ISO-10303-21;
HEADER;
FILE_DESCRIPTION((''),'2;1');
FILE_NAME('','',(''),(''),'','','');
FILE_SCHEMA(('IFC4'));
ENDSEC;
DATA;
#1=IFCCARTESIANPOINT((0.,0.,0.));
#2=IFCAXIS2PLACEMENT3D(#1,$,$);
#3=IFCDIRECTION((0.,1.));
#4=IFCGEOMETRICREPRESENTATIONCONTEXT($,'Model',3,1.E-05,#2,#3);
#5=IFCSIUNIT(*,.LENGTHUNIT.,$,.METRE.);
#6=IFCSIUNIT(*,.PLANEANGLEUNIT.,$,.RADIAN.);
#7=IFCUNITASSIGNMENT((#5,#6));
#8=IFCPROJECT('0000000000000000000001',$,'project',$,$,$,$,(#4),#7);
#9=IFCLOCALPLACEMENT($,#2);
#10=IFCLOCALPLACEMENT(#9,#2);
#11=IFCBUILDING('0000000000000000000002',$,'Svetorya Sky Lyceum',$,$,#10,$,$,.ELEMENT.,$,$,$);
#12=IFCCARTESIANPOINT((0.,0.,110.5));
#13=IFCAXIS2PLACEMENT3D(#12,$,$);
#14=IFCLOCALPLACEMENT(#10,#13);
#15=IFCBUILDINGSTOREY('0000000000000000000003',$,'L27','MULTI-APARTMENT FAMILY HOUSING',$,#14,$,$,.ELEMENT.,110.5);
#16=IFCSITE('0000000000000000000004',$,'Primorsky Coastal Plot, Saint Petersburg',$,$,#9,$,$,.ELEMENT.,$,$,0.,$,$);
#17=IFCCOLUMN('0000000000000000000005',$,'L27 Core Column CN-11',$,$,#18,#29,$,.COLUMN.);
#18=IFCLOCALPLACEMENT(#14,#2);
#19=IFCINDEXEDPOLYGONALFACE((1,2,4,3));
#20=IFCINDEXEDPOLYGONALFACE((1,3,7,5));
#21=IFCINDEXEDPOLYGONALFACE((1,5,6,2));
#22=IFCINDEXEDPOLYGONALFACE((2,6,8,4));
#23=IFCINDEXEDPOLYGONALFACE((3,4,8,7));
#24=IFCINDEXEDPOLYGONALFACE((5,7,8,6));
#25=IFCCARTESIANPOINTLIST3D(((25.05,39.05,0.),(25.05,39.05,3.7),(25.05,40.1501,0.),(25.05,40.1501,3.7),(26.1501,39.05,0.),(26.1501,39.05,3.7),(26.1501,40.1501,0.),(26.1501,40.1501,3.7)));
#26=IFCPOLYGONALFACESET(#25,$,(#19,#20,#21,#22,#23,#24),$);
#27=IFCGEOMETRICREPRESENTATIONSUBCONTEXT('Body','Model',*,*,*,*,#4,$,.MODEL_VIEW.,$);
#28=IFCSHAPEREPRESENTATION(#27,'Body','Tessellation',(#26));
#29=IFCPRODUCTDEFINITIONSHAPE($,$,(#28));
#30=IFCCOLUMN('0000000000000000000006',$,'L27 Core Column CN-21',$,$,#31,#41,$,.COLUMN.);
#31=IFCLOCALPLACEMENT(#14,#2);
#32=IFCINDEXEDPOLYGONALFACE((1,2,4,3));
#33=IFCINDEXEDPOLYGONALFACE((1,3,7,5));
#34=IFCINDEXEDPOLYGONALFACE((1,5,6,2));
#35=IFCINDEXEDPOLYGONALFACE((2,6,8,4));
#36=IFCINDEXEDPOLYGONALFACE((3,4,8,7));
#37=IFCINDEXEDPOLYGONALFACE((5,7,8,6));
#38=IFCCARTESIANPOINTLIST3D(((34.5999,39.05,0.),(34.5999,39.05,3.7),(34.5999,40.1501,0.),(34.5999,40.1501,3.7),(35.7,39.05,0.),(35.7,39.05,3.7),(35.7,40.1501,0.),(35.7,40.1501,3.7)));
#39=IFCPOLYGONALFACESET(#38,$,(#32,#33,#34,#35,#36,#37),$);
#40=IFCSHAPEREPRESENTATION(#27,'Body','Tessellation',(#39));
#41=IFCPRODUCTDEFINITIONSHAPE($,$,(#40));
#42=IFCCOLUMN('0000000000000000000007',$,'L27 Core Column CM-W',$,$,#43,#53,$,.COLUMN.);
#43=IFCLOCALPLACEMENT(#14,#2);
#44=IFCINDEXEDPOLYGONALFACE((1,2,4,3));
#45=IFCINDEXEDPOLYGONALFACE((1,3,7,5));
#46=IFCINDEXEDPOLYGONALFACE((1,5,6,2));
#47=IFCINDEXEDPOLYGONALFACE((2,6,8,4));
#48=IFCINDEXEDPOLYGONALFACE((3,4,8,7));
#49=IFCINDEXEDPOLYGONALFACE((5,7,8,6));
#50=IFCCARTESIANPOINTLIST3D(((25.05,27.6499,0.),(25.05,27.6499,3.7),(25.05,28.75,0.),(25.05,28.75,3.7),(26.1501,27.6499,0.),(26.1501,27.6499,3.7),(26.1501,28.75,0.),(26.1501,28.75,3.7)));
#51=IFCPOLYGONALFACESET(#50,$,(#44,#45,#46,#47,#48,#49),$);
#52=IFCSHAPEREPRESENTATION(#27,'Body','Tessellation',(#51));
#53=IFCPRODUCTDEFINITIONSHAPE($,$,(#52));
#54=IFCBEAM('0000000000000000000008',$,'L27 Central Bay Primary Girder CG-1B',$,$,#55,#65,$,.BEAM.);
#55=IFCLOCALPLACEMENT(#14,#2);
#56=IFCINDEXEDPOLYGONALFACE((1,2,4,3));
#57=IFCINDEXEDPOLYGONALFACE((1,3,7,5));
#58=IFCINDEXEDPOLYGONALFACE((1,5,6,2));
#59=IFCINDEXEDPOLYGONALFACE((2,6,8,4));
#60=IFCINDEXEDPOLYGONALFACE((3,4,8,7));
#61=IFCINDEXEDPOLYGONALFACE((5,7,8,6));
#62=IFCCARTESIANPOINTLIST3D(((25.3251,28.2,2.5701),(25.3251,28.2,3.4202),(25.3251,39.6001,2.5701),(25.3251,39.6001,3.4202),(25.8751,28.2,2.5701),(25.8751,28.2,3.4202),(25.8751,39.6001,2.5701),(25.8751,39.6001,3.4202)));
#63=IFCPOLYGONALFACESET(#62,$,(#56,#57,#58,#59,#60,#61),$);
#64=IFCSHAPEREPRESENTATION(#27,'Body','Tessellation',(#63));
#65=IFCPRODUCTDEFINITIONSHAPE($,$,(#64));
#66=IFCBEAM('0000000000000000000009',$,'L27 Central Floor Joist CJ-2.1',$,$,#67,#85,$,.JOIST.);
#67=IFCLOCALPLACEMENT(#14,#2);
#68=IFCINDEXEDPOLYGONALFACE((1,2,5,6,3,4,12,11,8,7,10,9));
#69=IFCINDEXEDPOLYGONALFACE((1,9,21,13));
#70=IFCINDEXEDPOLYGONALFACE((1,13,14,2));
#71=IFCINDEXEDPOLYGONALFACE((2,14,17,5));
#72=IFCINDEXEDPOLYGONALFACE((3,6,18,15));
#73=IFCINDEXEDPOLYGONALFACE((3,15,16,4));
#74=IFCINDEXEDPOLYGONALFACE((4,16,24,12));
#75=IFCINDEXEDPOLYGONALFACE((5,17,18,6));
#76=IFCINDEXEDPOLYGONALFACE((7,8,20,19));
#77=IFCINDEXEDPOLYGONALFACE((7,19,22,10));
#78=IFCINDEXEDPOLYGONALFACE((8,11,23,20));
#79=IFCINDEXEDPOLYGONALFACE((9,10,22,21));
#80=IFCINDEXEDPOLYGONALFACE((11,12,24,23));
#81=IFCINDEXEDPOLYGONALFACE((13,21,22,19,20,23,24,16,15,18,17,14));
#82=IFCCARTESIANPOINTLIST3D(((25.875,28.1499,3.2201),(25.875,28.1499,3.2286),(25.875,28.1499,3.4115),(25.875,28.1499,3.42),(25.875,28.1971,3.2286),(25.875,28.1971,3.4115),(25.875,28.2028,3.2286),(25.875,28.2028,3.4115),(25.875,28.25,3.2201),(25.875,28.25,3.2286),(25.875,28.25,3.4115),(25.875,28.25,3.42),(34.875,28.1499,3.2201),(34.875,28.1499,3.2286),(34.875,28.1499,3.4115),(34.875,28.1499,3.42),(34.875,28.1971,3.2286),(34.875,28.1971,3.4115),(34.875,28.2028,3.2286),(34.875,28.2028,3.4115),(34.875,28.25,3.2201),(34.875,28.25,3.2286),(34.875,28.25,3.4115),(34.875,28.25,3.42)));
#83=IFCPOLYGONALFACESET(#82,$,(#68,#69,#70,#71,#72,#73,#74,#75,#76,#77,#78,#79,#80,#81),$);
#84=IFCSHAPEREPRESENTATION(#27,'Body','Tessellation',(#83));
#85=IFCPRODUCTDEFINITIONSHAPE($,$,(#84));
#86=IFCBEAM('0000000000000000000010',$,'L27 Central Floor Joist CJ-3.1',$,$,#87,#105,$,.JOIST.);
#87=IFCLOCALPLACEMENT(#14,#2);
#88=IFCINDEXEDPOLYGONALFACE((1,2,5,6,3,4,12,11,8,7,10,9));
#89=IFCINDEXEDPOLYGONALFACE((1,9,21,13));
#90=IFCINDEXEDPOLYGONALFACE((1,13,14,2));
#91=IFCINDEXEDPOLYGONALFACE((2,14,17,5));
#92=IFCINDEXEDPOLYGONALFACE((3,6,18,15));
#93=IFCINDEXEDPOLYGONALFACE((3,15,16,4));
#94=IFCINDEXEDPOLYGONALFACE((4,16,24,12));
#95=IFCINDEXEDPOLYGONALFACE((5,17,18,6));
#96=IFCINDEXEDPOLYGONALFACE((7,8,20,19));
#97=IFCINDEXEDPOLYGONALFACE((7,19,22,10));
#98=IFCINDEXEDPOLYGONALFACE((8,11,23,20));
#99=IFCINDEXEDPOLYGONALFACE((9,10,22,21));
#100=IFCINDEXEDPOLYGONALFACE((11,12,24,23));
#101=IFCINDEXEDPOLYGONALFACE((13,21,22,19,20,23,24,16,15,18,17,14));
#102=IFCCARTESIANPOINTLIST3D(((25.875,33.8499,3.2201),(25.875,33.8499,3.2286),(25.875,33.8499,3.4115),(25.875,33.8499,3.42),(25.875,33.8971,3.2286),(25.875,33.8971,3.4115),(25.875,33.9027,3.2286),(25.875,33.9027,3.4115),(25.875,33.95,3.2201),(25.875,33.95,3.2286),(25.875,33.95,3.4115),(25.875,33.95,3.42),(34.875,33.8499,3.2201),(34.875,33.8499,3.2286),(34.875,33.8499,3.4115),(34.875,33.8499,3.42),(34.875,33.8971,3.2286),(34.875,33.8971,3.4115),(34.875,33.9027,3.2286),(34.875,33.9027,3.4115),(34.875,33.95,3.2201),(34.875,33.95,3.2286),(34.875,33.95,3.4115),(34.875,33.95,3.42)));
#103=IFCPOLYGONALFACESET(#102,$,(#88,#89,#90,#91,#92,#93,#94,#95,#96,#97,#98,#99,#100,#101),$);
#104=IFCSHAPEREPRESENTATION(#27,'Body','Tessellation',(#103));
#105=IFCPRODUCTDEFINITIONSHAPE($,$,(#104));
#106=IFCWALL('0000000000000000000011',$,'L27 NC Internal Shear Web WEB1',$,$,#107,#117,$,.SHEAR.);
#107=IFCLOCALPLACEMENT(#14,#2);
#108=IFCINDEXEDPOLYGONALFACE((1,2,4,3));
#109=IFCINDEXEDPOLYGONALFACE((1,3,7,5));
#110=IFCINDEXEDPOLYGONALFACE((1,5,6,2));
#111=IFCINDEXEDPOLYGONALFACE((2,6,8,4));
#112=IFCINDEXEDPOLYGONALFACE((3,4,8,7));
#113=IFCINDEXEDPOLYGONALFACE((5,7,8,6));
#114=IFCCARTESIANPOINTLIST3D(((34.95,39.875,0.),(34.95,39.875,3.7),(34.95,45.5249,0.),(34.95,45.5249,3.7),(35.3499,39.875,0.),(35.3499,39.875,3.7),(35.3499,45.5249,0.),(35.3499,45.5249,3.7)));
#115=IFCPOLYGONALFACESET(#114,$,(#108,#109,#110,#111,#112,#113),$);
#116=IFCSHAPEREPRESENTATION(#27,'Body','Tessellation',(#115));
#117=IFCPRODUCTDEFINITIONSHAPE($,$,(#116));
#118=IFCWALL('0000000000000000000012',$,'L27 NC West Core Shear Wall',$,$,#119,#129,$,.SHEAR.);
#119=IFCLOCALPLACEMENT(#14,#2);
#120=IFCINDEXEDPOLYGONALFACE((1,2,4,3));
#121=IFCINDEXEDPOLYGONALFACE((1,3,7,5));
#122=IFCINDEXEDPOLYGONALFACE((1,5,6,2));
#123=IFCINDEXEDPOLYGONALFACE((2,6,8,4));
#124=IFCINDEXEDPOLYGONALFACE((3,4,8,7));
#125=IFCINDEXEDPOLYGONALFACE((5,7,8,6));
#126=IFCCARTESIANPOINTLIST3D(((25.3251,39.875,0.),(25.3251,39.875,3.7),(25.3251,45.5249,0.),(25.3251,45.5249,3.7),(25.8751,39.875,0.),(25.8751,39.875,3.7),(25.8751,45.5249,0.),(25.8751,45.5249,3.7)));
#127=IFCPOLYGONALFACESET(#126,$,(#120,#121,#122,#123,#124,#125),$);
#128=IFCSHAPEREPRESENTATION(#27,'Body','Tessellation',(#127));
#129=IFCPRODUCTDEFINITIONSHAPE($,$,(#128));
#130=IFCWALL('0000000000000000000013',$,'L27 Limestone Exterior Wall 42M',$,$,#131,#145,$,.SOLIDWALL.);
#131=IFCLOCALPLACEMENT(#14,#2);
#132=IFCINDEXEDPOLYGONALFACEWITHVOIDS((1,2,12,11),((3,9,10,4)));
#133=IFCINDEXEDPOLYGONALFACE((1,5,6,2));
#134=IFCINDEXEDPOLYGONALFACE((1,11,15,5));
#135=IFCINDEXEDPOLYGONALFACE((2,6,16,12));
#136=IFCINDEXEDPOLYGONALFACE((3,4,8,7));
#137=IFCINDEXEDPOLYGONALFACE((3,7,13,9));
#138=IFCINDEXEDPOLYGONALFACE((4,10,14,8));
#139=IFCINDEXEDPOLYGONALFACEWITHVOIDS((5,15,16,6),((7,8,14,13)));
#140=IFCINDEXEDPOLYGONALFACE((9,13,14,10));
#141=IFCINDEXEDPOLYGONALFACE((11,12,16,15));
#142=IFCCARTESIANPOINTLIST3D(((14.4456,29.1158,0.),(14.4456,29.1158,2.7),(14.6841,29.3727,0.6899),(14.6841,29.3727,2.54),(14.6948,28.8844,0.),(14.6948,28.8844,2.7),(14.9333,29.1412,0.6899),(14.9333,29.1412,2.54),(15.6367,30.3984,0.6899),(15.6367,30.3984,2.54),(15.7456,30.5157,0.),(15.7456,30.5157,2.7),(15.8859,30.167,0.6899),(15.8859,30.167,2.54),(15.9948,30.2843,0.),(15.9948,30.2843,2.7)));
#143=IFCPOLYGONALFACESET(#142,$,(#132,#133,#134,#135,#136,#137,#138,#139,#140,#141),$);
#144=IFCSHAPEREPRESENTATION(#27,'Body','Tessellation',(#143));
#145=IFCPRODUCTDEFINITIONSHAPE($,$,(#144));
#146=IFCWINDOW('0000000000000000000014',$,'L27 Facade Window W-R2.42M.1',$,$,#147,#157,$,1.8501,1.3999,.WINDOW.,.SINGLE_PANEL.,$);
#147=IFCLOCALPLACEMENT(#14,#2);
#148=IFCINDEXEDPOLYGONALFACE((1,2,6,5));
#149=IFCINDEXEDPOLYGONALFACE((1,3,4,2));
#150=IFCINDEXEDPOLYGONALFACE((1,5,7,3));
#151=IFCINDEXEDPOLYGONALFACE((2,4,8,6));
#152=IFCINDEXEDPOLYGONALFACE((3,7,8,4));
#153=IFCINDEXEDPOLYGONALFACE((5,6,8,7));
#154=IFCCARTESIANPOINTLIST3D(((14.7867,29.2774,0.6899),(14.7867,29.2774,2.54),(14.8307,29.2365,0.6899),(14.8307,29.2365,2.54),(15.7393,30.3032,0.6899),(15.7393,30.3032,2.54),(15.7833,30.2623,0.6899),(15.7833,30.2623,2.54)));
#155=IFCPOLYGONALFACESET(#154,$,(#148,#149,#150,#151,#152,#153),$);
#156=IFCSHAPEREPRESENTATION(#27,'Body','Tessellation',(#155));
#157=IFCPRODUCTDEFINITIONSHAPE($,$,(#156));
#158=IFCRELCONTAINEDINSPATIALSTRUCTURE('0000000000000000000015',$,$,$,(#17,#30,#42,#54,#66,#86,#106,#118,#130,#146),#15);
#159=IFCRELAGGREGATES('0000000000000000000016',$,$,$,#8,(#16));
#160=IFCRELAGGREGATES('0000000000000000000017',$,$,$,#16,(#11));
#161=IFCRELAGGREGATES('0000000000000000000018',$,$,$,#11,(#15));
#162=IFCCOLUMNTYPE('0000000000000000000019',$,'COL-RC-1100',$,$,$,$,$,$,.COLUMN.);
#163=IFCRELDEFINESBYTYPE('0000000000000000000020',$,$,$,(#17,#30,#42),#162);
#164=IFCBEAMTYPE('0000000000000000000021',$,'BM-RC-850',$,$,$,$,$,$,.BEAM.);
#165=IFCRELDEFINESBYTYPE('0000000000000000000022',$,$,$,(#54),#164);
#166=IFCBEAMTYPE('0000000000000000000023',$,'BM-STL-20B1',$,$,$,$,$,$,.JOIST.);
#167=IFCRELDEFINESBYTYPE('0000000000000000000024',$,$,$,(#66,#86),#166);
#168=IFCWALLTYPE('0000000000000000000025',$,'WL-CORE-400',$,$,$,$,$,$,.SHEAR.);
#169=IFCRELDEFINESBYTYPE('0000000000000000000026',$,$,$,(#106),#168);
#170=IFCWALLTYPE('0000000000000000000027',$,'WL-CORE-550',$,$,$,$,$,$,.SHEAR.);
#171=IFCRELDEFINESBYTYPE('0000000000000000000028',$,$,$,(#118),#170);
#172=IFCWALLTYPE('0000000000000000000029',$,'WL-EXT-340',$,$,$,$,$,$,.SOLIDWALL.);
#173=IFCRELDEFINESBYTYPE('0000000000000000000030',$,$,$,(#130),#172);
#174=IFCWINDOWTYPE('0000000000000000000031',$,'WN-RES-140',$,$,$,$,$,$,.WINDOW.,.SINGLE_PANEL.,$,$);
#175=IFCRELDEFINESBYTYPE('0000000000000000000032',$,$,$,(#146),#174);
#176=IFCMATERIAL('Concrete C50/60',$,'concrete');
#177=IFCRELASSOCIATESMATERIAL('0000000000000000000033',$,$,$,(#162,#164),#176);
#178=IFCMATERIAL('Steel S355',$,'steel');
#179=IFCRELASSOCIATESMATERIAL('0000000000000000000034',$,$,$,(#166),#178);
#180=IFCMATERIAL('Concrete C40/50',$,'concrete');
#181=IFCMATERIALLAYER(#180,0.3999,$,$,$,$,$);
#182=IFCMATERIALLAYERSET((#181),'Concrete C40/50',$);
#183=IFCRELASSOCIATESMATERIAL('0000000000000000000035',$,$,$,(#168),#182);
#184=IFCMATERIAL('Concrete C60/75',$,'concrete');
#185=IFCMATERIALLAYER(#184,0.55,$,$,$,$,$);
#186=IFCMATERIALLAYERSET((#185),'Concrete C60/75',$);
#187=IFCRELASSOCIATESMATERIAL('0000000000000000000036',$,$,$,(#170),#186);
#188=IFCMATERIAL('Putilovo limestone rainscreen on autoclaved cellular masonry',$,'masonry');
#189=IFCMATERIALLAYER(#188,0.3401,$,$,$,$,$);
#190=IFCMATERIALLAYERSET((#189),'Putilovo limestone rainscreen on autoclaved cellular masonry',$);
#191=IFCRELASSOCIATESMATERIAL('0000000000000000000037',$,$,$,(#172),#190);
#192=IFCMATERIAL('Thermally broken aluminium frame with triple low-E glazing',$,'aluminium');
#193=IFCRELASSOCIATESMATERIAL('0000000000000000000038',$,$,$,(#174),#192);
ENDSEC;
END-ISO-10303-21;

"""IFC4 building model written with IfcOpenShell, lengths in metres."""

from ifc_helpers import new_model, si_unit, direction, frame, frame_2d, origin, origin_2d, place, context, subcontext, project, spatial, rectangle, i_section, extrude, material, layer, layer_set, material_profile, profile_set, type_object, element, fill, save


model = new_model("IFC4")

# Units and contexts
model_context = context("Model", 3, precision=1e-05, world=origin(), true_north=direction((0.0, 1.0)))
body_context = subcontext(model_context, "Body", "Model", "MODEL_VIEW")
ifc_project = project(units=[si_unit("LENGTHUNIT", "METRE"), si_unit("PLANEANGLEUNIT", "RADIAN")], contexts=[model_context])

# Site, building, storey
site_placement = place(None, origin())
site = spatial("IfcSite", under=ifc_project, at=site_placement, Name="Primorsky Coastal Plot, Saint Petersburg", CompositionType="ELEMENT", RefElevation=0.0)
building_placement = place(site_placement, origin())
building = spatial("IfcBuilding", under=site, at=building_placement, Name="Svetorya Sky Lyceum", CompositionType="ELEMENT")
storey_placement = place(building_placement, frame((0.0, 0.0, 110.5)))
storey = spatial("IfcBuildingStorey", under=building, at=storey_placement, Name="L27", Description="MULTI-APARTMENT FAMILY HOUSING", CompositionType="ELEMENT", Elevation=110.5)

# Columns
ifc_material_1 = material(Name="Concrete C50/60", Category="concrete")
ifc_material_profile_1 = material_profile(ifc_material_1, rectangle(XDim=1.1001, YDim=1.1001, at=origin_2d()), Name="RC COL 1100x1100")
ifc_profile_set_1 = profile_set([ifc_material_profile_1], Name="Concrete C50/60")
column_type = type_object("IfcColumnType", Name="COL-RC-1100", PredefinedType="COLUMN", material=ifc_profile_set_1)
for number, where, z_axis, x_axis, name in (
    (1, (25.6001, 39.6001, 0.0), (0.0, 0.0, 1.0), (1.0, 0.0, 0.0), "L27 Core Column CN-11"),
    (2, (35.1499, 39.6001, 0.0), (0.0, 0.0, 1.0), (1.0, 0.0, 0.0), "L27 Core Column CN-21"),
    (3, (25.6001, 28.2, 0.0), (0.0, 0.0, 1.0), (1.0, 0.0, 0.0), "L27 Core Column CM-W"),
):
    element("IfcColumn", number, at=place(storey_placement, frame(where, z_axis=z_axis, x_axis=x_axis)), inside=storey, type_object=column_type, Name=name, PredefinedType="COLUMN", context=body_context, shape_type="SweptSolid", body=[
        extrude(rectangle(XDim=1.1001, YDim=1.1001, at=origin_2d()), origin(), (0.0, 0.0, 1.0), 3.7),
    ])

# Beams
ifc_material_profile_2 = material_profile(ifc_material_1, rectangle(XDim=0.55, YDim=0.8501, at=origin_2d()), Name="RC BEAM 550x850")
ifc_profile_set_2 = profile_set([ifc_material_profile_2], Name="Concrete C50/60")
beam_type_1 = type_object("IfcBeamType", Name="BM-RC-850", PredefinedType="BEAM", material=ifc_profile_set_2)
beam_placement = place(storey_placement, frame((25.6001, 28.2, 2.9951), z_axis=(0.0, 1.0, 0.0), x_axis=(-1.0, 0.0, 0.0)))
element("IfcBeam", 4, at=beam_placement, inside=storey, type_object=beam_type_1, Name="L27 Central Bay Primary Girder CG-1B", PredefinedType="BEAM", context=body_context, shape_type="SweptSolid", body=[
    extrude(rectangle(XDim=0.55, YDim=0.8501, at=origin_2d()), origin(), (0.0, 0.0, 1.0), 11.4001),
])
ifc_material_2 = material(Name="Steel S355", Category="steel")
ifc_material_profile_3 = material_profile(ifc_material_2, i_section(OverallWidth=0.1001, OverallDepth=0.2, WebThickness=0.0056, FlangeThickness=0.0085, at=origin_2d()), Name="GOST 20B1")
ifc_profile_set_3 = profile_set([ifc_material_profile_3], Name="Steel S355")
beam_type_2 = type_object("IfcBeamType", Name="BM-STL-20B1", PredefinedType="JOIST", material=ifc_profile_set_3)
for number, where, z_axis, x_axis, name in (
    (5, (25.875, 28.2, 3.3201), (1.0, 0.0, 0.0), (0.0, 1.0, 0.0), "L27 Central Floor Joist CJ-2.1"),
    (6, (25.875, 33.8999, 3.3201), (1.0, 0.0, 0.0), (0.0, 1.0, 0.0), "L27 Central Floor Joist CJ-3.1"),
):
    element("IfcBeam", number, at=place(storey_placement, frame(where, z_axis=z_axis, x_axis=x_axis)), inside=storey, type_object=beam_type_2, Name=name, PredefinedType="JOIST", context=body_context, shape_type="SweptSolid", body=[
        extrude(i_section(OverallWidth=0.1001, OverallDepth=0.2, WebThickness=0.0056, FlangeThickness=0.0085, at=origin_2d()), origin(), (0.0, 0.0, 1.0), 9.0),
    ])

# Walls
ifc_material_3 = material(Name="Concrete C40/50", Category="concrete")
ifc_layer_1 = layer(ifc_material_3, 0.3999)
ifc_layer_set_1 = layer_set([ifc_layer_1], Name="Concrete C40/50")
wall_type_1 = type_object("IfcWallType", Name="WL-CORE-400", PredefinedType="SHEAR", material=ifc_layer_set_1)
wall_1_placement = place(storey_placement, frame((35.1499, 39.875, 0.0), z_axis=(0.0, 0.0, 1.0), x_axis=(0.0, 1.0, 0.0)))
element("IfcWall", 7, at=wall_1_placement, inside=storey, type_object=wall_type_1, Name="L27 NC Internal Shear Web WEB1", PredefinedType="SHEAR", context=body_context, shape_type="SweptSolid", body=[
    extrude(rectangle(XDim=5.6499, YDim=0.3999, at=frame_2d((2.825, 0.0))), origin(), (0.0, 0.0, 1.0), 3.7),
])
ifc_material_4 = material(Name="Concrete C60/75", Category="concrete")
ifc_layer_2 = layer(ifc_material_4, 0.55)
ifc_layer_set_2 = layer_set([ifc_layer_2], Name="Concrete C60/75")
wall_type_2 = type_object("IfcWallType", Name="WL-CORE-550", PredefinedType="SHEAR", material=ifc_layer_set_2)
wall_2_placement = place(storey_placement, frame((25.6001, 39.875, 0.0), z_axis=(0.0, 0.0, 1.0), x_axis=(0.0, 1.0, 0.0)))
element("IfcWall", 8, at=wall_2_placement, inside=storey, type_object=wall_type_2, Name="L27 NC West Core Shear Wall", PredefinedType="SHEAR", context=body_context, shape_type="SweptSolid", body=[
    extrude(rectangle(XDim=5.6499, YDim=0.55, at=frame_2d((2.825, 0.0))), origin(), (0.0, 0.0, 1.0), 3.7),
])

# Wall, opening, window
ifc_material_5 = material(Name="Putilovo limestone rainscreen on autoclaved cellular masonry", Category="masonry")
ifc_layer_3 = layer(ifc_material_5, 0.3401)
ifc_layer_set_3 = layer_set([ifc_layer_3], Name="Putilovo limestone rainscreen on autoclaved cellular masonry")
wall_type_3 = type_object("IfcWallType", Name="WL-EXT-340", PredefinedType="SOLIDWALL", material=ifc_layer_set_3)
wall_3_placement = place(storey_placement, frame((15.8701, 30.3999, 0.0), z_axis=(0.0, 0.0, 1.0), x_axis=(-0.68049, -0.732757, 0.0)))
wall_3 = element("IfcWall", 9, at=wall_3_placement, inside=storey, type_object=wall_type_3, Name="L27 Limestone Exterior Wall 42M", PredefinedType="SOLIDWALL", context=body_context, shape_type="SweptSolid", body=[
    extrude(rectangle(XDim=1.9104, YDim=0.3401, at=frame_2d((0.9551, 0.0))), origin(), (0.0, 0.0, 1.0), 2.7),
])
opening_1_placement = place(wall_3_placement, frame((0.1599, 0.0, 0.6899)))
opening_1 = element("IfcOpeningElement", 10, at=opening_1_placement, cuts=wall_3, PredefinedType="OPENING", context=body_context, shape_type="SweptSolid", body=[
    extrude(rectangle(XDim=1.3999, YDim=1.8501, at=frame_2d((0.7, 0.925))), frame((0.0, 0.1799, 0.0), z_axis=(0.0, -1.0, 0.0), x_axis=(1.0, 0.0, 0.0)), (0.0, 0.0, 1.0), 0.3601),
])
ifc_material_6 = material(Name="Thermally broken aluminium frame with triple low-E glazing", Category="aluminium")
window_type = type_object("IfcWindowType", Name="WN-RES-140", PartitioningType="SINGLE_PANEL", PredefinedType="WINDOW", material=ifc_material_6)
window_placement = place(opening_1_placement, origin())
window = element("IfcWindow", 11, at=window_placement, inside=storey, type_object=window_type, Name="L27 Facade Window W-R2.42M.1", OverallHeight=1.8501, OverallWidth=1.3999, PartitioningType="SINGLE_PANEL", PredefinedType="WINDOW", context=body_context, shape_type="SweptSolid", body=[
    extrude(rectangle(XDim=1.3999, YDim=1.8501, at=frame_2d((0.7, 0.925))), frame((0.0, 0.03, 0.0), z_axis=(0.0, -1.0, 0.0), x_axis=(1.0, 0.0, 0.0)), (0.0, 0.0, 1.0), 0.0601),
])
fill(opening_1, window)

save(model, "model.ifc")
